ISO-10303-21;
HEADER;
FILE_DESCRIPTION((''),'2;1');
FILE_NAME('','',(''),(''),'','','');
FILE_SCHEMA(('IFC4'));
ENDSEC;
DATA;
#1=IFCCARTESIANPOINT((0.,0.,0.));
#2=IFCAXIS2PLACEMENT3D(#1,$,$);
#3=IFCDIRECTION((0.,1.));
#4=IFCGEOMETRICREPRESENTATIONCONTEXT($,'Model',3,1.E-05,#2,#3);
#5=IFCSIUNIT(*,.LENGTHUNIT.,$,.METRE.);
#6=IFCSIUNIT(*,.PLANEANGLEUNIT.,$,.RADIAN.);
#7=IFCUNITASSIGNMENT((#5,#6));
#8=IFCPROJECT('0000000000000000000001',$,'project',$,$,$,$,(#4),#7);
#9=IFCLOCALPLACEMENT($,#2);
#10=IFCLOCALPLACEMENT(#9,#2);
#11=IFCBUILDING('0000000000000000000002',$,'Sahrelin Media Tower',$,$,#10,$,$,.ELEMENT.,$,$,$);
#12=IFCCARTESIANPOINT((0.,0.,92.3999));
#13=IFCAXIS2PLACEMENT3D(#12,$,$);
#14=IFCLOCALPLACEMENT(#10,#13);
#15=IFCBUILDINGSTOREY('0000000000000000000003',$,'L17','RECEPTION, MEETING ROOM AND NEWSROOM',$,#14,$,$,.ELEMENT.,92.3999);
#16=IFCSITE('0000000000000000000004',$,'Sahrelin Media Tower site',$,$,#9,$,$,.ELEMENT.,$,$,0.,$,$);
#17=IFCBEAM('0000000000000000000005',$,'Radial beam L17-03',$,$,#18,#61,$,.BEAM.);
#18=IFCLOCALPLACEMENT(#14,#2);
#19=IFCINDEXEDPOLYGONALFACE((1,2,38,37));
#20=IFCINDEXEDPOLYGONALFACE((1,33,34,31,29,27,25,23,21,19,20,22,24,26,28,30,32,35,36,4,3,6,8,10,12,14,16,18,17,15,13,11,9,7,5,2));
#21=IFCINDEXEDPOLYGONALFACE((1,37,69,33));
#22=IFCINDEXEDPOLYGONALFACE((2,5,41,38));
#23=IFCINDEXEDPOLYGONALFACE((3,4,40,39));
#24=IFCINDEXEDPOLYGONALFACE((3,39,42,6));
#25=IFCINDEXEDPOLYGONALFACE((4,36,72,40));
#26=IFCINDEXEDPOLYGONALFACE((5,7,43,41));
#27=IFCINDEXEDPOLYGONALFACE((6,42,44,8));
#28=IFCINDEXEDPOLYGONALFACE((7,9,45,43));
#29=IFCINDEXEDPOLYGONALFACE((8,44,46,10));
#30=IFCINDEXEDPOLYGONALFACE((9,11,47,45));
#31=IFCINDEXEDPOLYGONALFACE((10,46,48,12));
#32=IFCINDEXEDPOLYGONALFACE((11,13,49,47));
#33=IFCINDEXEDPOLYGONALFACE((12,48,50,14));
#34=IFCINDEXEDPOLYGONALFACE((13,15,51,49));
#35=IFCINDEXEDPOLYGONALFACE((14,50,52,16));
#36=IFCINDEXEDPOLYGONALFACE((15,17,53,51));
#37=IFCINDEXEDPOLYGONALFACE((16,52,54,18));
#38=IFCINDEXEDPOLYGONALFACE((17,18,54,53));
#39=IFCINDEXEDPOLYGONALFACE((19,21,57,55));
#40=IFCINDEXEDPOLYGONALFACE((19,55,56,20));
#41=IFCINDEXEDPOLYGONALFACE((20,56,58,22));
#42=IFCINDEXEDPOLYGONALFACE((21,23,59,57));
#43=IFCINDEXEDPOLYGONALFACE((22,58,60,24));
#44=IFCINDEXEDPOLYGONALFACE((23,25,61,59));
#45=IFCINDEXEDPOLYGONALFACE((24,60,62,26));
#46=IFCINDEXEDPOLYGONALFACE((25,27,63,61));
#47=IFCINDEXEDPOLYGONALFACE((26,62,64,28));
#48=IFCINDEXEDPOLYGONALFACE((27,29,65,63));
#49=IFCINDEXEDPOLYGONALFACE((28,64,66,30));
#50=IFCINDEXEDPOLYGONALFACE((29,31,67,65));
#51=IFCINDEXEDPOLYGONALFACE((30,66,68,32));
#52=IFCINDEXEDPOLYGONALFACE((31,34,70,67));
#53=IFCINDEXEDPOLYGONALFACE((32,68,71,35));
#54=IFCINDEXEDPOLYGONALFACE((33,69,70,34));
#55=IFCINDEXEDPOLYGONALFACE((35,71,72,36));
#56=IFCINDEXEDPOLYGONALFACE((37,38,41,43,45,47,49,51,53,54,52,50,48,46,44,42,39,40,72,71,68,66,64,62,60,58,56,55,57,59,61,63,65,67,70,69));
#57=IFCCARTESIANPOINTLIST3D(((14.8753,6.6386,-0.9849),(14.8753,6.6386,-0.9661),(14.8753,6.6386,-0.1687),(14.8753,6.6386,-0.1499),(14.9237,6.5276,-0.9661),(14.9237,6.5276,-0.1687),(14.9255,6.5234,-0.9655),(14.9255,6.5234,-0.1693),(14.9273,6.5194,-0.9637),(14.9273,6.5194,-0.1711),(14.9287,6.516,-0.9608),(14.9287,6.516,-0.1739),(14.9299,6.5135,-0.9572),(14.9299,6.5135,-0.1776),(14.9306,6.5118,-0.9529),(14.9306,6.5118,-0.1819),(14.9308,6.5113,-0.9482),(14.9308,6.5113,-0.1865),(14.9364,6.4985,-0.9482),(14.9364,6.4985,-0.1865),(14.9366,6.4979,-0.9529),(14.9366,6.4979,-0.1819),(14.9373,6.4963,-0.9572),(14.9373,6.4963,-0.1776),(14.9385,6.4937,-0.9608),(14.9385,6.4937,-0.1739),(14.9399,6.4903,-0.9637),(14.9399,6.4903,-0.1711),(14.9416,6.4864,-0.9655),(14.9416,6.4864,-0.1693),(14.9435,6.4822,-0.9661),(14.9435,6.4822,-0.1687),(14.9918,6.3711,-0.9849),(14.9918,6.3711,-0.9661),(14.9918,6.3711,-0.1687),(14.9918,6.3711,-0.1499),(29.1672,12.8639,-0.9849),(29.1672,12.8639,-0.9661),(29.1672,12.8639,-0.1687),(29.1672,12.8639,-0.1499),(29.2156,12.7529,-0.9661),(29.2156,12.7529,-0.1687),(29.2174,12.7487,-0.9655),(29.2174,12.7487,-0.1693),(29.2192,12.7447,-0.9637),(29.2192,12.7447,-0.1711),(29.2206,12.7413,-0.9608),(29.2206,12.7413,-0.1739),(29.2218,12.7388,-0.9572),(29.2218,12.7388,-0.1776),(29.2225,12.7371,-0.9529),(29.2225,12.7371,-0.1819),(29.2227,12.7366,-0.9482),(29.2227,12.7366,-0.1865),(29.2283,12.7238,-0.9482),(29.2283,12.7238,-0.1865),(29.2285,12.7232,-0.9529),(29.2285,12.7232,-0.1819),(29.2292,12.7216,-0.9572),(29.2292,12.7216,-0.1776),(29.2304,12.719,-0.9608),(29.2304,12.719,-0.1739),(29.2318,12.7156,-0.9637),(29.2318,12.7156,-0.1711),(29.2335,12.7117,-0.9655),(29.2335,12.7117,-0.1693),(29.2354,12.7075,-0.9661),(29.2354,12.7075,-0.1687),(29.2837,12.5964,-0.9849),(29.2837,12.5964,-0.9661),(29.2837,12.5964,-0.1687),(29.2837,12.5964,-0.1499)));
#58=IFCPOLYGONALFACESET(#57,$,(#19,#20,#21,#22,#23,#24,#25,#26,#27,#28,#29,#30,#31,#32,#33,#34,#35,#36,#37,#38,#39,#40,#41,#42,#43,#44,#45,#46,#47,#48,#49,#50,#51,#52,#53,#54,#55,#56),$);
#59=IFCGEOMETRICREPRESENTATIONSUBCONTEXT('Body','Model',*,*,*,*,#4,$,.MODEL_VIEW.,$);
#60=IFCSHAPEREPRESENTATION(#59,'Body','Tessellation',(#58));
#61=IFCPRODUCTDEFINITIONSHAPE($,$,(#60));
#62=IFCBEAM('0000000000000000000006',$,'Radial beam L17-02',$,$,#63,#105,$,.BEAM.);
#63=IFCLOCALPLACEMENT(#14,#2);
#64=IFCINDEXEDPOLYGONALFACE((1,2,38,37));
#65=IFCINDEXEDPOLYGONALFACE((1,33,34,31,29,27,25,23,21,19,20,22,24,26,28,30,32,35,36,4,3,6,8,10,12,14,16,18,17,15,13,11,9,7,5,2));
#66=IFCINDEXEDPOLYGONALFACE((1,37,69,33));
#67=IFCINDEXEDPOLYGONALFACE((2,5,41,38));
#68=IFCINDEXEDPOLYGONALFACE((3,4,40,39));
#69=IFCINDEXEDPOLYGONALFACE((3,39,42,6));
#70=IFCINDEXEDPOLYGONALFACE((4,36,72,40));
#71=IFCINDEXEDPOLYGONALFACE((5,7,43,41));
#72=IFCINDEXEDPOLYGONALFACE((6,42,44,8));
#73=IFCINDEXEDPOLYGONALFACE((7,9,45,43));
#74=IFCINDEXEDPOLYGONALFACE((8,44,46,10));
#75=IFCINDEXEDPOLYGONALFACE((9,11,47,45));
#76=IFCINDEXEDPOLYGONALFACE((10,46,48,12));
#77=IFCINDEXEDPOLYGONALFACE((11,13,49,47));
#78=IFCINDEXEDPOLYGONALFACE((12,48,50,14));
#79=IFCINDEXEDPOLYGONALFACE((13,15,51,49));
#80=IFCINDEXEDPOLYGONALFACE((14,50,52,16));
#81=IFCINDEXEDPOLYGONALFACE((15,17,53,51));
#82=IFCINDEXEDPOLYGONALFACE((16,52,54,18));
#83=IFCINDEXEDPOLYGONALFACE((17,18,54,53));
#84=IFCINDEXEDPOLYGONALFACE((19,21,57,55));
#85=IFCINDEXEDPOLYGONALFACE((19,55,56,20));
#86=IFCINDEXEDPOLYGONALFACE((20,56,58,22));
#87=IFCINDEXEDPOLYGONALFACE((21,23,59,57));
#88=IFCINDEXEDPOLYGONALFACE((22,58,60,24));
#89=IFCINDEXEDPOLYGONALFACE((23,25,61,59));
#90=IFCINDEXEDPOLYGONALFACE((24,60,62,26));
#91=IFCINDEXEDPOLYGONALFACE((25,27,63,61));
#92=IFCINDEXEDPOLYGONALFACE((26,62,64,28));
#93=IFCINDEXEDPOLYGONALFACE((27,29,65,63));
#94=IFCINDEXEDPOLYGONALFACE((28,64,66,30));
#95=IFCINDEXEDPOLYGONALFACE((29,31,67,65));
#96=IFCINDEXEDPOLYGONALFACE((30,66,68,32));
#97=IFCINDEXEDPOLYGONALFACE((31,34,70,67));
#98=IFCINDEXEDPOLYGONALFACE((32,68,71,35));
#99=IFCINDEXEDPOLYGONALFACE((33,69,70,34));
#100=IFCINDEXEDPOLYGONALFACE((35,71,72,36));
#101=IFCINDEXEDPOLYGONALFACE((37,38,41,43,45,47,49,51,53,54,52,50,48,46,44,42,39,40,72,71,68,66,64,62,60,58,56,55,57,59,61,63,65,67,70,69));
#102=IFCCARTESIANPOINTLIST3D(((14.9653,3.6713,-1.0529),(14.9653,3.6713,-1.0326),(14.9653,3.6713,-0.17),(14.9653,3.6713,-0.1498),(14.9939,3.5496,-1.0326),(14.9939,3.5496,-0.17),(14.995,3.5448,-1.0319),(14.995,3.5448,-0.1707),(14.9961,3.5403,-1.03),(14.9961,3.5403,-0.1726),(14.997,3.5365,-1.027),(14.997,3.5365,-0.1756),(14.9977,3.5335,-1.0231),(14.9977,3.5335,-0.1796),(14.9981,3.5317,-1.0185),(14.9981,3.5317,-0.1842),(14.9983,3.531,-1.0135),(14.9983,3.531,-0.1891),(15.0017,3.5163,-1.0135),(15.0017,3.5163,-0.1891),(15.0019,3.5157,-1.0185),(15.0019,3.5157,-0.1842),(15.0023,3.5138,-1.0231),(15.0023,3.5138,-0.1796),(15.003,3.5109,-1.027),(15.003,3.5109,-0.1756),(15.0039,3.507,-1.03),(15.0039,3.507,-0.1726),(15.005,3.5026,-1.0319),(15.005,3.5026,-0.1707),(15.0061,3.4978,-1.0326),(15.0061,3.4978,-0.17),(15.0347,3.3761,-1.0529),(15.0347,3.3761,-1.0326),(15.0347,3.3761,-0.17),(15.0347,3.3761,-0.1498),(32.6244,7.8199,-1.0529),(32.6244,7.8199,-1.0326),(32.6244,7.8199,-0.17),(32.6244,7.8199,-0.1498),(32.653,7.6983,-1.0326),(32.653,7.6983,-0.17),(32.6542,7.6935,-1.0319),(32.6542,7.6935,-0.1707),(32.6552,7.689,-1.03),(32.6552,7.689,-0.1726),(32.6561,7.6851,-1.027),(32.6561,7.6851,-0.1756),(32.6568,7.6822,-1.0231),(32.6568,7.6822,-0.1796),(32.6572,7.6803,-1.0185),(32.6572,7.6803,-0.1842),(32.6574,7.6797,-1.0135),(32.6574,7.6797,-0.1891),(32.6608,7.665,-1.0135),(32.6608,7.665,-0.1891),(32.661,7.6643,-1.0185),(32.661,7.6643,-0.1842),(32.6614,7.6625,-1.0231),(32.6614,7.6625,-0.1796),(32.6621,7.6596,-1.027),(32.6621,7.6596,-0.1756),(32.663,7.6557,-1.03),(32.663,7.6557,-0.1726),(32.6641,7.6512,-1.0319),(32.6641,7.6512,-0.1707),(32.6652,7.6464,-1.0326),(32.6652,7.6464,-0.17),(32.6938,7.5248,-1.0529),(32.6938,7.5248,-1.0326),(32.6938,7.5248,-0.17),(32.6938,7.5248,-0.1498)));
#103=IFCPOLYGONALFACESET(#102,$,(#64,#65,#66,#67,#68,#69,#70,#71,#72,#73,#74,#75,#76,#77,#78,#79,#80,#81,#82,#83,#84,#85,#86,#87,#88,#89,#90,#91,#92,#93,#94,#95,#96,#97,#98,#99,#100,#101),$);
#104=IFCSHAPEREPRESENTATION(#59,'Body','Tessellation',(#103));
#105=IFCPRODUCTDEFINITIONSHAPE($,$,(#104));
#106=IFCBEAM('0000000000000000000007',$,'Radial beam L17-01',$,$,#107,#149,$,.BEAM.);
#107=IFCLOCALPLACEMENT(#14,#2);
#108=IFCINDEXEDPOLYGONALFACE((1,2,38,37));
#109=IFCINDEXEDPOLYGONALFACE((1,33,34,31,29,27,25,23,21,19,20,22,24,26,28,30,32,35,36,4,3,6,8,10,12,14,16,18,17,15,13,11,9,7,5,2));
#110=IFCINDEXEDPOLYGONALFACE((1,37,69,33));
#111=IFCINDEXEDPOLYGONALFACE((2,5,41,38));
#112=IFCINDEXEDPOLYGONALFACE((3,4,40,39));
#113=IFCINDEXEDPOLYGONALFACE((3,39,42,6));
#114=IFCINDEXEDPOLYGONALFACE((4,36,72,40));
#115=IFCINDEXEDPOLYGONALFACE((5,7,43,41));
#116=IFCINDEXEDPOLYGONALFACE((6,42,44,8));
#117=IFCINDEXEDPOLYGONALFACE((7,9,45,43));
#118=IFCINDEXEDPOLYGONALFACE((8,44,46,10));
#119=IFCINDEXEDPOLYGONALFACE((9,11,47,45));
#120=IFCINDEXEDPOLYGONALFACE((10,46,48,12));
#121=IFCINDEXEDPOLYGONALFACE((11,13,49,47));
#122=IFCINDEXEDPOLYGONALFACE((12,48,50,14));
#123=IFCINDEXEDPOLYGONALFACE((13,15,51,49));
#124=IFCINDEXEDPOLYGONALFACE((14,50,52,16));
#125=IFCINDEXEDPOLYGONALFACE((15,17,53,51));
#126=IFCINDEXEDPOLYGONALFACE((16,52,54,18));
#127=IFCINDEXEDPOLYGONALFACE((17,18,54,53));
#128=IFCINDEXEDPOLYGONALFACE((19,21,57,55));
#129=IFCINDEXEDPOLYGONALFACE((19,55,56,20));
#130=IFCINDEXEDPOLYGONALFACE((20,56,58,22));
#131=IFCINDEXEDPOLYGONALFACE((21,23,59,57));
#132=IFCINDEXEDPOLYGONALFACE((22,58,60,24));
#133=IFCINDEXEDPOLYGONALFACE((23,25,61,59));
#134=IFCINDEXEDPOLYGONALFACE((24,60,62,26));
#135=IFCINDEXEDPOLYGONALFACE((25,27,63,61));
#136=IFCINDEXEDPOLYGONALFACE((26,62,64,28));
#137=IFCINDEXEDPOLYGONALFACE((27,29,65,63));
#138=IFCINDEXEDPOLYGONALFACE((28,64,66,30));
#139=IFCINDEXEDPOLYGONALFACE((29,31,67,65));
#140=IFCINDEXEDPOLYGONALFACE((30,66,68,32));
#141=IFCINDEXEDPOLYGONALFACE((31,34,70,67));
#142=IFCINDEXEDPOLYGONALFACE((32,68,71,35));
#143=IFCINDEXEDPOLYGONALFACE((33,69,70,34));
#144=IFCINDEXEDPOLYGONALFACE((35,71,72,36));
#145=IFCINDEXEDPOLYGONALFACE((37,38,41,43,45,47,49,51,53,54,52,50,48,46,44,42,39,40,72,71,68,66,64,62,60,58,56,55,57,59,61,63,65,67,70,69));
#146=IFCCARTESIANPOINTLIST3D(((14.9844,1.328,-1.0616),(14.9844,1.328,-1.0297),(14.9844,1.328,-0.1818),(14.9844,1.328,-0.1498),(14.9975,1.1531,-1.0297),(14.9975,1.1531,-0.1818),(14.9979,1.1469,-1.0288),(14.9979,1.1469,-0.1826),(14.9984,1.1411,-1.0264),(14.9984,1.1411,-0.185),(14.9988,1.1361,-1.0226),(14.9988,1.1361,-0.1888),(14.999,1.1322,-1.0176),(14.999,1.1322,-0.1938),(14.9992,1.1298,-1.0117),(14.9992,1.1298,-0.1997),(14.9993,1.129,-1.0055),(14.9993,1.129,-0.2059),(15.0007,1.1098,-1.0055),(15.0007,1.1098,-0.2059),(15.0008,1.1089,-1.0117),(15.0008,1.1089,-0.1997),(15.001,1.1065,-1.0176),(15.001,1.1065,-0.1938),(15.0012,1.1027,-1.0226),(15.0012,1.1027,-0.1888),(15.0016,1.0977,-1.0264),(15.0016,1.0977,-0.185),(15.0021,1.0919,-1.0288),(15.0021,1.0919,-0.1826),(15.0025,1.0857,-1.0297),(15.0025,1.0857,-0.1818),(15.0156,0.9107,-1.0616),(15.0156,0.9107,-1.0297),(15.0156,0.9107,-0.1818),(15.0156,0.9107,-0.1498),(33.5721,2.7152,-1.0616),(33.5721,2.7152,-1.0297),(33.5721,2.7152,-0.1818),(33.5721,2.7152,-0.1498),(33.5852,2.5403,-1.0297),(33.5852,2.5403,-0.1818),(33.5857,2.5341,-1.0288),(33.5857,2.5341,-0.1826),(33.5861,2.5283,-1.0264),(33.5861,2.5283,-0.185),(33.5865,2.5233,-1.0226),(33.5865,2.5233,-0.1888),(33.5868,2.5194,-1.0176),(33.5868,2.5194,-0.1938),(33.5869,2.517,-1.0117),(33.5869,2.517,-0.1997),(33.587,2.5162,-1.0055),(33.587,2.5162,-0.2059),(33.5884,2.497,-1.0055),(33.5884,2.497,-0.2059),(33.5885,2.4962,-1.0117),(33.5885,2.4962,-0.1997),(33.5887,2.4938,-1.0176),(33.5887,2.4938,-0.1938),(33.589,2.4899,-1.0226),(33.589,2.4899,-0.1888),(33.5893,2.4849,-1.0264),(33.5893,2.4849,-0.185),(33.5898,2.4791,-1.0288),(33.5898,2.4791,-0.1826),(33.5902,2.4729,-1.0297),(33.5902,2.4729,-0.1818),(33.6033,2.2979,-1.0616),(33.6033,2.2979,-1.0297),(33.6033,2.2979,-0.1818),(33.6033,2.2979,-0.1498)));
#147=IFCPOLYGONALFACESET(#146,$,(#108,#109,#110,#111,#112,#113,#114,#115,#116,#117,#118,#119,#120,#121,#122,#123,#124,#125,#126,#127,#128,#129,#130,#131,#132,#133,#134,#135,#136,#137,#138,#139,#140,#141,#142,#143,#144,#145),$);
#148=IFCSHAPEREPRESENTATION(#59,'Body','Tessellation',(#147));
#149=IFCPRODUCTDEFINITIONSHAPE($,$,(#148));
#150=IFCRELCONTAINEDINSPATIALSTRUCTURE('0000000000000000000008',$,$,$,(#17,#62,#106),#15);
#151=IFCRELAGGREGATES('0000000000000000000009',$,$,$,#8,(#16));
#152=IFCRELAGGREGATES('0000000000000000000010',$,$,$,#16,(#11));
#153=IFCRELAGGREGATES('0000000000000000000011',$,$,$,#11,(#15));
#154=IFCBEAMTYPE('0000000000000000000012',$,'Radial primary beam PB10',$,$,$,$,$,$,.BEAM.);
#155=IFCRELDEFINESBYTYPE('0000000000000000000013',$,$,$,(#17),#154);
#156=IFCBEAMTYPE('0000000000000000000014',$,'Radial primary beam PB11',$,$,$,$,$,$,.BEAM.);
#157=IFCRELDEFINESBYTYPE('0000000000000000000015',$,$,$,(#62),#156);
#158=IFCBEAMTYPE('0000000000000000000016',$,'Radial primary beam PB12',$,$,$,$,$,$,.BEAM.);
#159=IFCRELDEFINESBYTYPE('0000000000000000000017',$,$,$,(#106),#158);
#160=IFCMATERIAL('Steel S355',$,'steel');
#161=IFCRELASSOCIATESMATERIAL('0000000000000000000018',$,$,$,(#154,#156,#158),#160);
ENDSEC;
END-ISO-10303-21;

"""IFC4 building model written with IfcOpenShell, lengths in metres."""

from ifc_helpers import new_model, si_unit, direction, frame, origin, origin_2d, place, context, subcontext, project, spatial, i_section, extrude, material, material_profile, profile_set, type_object, element, save


model = new_model("IFC4")

# Units and contexts
model_context = context("Model", 3, precision=1e-05, world=origin(), true_north=direction((0.0, 1.0)))
body_context = subcontext(model_context, "Body", "Model", "MODEL_VIEW")
ifc_project = project(units=[si_unit("LENGTHUNIT", "METRE"), si_unit("PLANEANGLEUNIT", "RADIAN")], contexts=[model_context])

# Site, building, storey
site_placement = place(None, origin())
site = spatial("IfcSite", under=ifc_project, at=site_placement, Name="Sahrelin Media Tower site", CompositionType="ELEMENT", RefElevation=0.0)
building_placement = place(site_placement, origin())
building = spatial("IfcBuilding", under=site, at=building_placement, Name="Sahrelin Media Tower", CompositionType="ELEMENT")
storey_placement = place(building_placement, frame((0.0, 0.0, 92.3999)))
storey = spatial("IfcBuildingStorey", under=building, at=storey_placement, Name="L17", Description="RECEPTION, MEETING ROOM AND NEWSROOM", CompositionType="ELEMENT", Elevation=92.3999)

# Beams
ifc_material_1 = material(Name="Steel S355", Category="steel")
ifc_material_profile_1 = material_profile(ifc_material_1, i_section(OverallWidth=0.2917, OverallDepth=0.835, WebThickness=0.0139, FlangeThickness=0.0188, FilletRadius=0.0178, at=origin_2d()), Name="UB 838x292x176")
ifc_profile_set_1 = profile_set([ifc_material_profile_1], Name="Steel S355")
beam_type_1 = type_object("IfcBeamType", Name="Radial primary beam PB10", PredefinedType="BEAM", material=ifc_profile_set_1)
beam_1_placement = place(storey_placement, frame((14.9336, 6.5049, -0.5674), z_axis=(0.916802, 0.399343, 0.0), x_axis=(-0.399343, 0.916802, 0.0)))
element("IfcBeam", 1, at=beam_1_placement, inside=storey, type_object=beam_type_1, Name="Radial beam L17-03", PredefinedType="BEAM", context=body_context, shape_type="SweptSolid", body=[
    extrude(i_section(OverallWidth=0.2917, OverallDepth=0.835, WebThickness=0.0139, FlangeThickness=0.0188, FilletRadius=0.0178, at=origin_2d()), origin(), (0.0, 0.0, 1.0), 15.5889),
])
ifc_material_profile_2 = material_profile(ifc_material_1, i_section(OverallWidth=0.3032, OverallDepth=0.9031, WebThickness=0.0151, FlangeThickness=0.0203, FilletRadius=0.019, at=origin_2d()), Name="UB 914x305x201")
ifc_profile_set_2 = profile_set([ifc_material_profile_2], Name="Steel S355")
beam_type_2 = type_object("IfcBeamType", Name="Radial primary beam PB11", PredefinedType="BEAM", material=ifc_profile_set_2)
beam_2_placement = place(storey_placement, frame((15.0, 3.5237, -0.6013), z_axis=(0.973496, 0.228704, 0.0), x_axis=(-0.228704, 0.973496, 0.0)))
element("IfcBeam", 2, at=beam_2_placement, inside=storey, type_object=beam_type_2, Name="Radial beam L17-02", PredefinedType="BEAM", context=body_context, shape_type="SweptSolid", body=[
    extrude(i_section(OverallWidth=0.3032, OverallDepth=0.9031, WebThickness=0.0151, FlangeThickness=0.0203, FilletRadius=0.019, at=origin_2d()), origin(), (0.0, 0.0, 1.0), 18.1399),
])
ifc_material_profile_3 = material_profile(ifc_material_1, i_section(OverallWidth=0.4185, OverallDepth=0.9119, WebThickness=0.0193, FlangeThickness=0.032, FilletRadius=0.0242, at=origin_2d()), Name="UB 914x419x343")
ifc_profile_set_3 = profile_set([ifc_material_profile_3], Name="Steel S355")
beam_type_3 = type_object("IfcBeamType", Name="Radial primary beam PB12", PredefinedType="BEAM", material=ifc_profile_set_3)
beam_3_placement = place(storey_placement, frame((15.0, 1.1194, -0.6057), z_axis=(0.997227, 0.074424, 0.0), x_axis=(-0.074424, 0.997227, 0.0)))
element("IfcBeam", 3, at=beam_3_placement, inside=storey, type_object=beam_type_3, Name="Radial beam L17-01", PredefinedType="BEAM", context=body_context, shape_type="SweptSolid", body=[
    extrude(i_section(OverallWidth=0.4185, OverallDepth=0.9119, WebThickness=0.0193, FlangeThickness=0.032, FilletRadius=0.0242, at=origin_2d()), origin(), (0.0, 0.0, 1.0), 18.6394),
])

save(model, "model.ifc")
